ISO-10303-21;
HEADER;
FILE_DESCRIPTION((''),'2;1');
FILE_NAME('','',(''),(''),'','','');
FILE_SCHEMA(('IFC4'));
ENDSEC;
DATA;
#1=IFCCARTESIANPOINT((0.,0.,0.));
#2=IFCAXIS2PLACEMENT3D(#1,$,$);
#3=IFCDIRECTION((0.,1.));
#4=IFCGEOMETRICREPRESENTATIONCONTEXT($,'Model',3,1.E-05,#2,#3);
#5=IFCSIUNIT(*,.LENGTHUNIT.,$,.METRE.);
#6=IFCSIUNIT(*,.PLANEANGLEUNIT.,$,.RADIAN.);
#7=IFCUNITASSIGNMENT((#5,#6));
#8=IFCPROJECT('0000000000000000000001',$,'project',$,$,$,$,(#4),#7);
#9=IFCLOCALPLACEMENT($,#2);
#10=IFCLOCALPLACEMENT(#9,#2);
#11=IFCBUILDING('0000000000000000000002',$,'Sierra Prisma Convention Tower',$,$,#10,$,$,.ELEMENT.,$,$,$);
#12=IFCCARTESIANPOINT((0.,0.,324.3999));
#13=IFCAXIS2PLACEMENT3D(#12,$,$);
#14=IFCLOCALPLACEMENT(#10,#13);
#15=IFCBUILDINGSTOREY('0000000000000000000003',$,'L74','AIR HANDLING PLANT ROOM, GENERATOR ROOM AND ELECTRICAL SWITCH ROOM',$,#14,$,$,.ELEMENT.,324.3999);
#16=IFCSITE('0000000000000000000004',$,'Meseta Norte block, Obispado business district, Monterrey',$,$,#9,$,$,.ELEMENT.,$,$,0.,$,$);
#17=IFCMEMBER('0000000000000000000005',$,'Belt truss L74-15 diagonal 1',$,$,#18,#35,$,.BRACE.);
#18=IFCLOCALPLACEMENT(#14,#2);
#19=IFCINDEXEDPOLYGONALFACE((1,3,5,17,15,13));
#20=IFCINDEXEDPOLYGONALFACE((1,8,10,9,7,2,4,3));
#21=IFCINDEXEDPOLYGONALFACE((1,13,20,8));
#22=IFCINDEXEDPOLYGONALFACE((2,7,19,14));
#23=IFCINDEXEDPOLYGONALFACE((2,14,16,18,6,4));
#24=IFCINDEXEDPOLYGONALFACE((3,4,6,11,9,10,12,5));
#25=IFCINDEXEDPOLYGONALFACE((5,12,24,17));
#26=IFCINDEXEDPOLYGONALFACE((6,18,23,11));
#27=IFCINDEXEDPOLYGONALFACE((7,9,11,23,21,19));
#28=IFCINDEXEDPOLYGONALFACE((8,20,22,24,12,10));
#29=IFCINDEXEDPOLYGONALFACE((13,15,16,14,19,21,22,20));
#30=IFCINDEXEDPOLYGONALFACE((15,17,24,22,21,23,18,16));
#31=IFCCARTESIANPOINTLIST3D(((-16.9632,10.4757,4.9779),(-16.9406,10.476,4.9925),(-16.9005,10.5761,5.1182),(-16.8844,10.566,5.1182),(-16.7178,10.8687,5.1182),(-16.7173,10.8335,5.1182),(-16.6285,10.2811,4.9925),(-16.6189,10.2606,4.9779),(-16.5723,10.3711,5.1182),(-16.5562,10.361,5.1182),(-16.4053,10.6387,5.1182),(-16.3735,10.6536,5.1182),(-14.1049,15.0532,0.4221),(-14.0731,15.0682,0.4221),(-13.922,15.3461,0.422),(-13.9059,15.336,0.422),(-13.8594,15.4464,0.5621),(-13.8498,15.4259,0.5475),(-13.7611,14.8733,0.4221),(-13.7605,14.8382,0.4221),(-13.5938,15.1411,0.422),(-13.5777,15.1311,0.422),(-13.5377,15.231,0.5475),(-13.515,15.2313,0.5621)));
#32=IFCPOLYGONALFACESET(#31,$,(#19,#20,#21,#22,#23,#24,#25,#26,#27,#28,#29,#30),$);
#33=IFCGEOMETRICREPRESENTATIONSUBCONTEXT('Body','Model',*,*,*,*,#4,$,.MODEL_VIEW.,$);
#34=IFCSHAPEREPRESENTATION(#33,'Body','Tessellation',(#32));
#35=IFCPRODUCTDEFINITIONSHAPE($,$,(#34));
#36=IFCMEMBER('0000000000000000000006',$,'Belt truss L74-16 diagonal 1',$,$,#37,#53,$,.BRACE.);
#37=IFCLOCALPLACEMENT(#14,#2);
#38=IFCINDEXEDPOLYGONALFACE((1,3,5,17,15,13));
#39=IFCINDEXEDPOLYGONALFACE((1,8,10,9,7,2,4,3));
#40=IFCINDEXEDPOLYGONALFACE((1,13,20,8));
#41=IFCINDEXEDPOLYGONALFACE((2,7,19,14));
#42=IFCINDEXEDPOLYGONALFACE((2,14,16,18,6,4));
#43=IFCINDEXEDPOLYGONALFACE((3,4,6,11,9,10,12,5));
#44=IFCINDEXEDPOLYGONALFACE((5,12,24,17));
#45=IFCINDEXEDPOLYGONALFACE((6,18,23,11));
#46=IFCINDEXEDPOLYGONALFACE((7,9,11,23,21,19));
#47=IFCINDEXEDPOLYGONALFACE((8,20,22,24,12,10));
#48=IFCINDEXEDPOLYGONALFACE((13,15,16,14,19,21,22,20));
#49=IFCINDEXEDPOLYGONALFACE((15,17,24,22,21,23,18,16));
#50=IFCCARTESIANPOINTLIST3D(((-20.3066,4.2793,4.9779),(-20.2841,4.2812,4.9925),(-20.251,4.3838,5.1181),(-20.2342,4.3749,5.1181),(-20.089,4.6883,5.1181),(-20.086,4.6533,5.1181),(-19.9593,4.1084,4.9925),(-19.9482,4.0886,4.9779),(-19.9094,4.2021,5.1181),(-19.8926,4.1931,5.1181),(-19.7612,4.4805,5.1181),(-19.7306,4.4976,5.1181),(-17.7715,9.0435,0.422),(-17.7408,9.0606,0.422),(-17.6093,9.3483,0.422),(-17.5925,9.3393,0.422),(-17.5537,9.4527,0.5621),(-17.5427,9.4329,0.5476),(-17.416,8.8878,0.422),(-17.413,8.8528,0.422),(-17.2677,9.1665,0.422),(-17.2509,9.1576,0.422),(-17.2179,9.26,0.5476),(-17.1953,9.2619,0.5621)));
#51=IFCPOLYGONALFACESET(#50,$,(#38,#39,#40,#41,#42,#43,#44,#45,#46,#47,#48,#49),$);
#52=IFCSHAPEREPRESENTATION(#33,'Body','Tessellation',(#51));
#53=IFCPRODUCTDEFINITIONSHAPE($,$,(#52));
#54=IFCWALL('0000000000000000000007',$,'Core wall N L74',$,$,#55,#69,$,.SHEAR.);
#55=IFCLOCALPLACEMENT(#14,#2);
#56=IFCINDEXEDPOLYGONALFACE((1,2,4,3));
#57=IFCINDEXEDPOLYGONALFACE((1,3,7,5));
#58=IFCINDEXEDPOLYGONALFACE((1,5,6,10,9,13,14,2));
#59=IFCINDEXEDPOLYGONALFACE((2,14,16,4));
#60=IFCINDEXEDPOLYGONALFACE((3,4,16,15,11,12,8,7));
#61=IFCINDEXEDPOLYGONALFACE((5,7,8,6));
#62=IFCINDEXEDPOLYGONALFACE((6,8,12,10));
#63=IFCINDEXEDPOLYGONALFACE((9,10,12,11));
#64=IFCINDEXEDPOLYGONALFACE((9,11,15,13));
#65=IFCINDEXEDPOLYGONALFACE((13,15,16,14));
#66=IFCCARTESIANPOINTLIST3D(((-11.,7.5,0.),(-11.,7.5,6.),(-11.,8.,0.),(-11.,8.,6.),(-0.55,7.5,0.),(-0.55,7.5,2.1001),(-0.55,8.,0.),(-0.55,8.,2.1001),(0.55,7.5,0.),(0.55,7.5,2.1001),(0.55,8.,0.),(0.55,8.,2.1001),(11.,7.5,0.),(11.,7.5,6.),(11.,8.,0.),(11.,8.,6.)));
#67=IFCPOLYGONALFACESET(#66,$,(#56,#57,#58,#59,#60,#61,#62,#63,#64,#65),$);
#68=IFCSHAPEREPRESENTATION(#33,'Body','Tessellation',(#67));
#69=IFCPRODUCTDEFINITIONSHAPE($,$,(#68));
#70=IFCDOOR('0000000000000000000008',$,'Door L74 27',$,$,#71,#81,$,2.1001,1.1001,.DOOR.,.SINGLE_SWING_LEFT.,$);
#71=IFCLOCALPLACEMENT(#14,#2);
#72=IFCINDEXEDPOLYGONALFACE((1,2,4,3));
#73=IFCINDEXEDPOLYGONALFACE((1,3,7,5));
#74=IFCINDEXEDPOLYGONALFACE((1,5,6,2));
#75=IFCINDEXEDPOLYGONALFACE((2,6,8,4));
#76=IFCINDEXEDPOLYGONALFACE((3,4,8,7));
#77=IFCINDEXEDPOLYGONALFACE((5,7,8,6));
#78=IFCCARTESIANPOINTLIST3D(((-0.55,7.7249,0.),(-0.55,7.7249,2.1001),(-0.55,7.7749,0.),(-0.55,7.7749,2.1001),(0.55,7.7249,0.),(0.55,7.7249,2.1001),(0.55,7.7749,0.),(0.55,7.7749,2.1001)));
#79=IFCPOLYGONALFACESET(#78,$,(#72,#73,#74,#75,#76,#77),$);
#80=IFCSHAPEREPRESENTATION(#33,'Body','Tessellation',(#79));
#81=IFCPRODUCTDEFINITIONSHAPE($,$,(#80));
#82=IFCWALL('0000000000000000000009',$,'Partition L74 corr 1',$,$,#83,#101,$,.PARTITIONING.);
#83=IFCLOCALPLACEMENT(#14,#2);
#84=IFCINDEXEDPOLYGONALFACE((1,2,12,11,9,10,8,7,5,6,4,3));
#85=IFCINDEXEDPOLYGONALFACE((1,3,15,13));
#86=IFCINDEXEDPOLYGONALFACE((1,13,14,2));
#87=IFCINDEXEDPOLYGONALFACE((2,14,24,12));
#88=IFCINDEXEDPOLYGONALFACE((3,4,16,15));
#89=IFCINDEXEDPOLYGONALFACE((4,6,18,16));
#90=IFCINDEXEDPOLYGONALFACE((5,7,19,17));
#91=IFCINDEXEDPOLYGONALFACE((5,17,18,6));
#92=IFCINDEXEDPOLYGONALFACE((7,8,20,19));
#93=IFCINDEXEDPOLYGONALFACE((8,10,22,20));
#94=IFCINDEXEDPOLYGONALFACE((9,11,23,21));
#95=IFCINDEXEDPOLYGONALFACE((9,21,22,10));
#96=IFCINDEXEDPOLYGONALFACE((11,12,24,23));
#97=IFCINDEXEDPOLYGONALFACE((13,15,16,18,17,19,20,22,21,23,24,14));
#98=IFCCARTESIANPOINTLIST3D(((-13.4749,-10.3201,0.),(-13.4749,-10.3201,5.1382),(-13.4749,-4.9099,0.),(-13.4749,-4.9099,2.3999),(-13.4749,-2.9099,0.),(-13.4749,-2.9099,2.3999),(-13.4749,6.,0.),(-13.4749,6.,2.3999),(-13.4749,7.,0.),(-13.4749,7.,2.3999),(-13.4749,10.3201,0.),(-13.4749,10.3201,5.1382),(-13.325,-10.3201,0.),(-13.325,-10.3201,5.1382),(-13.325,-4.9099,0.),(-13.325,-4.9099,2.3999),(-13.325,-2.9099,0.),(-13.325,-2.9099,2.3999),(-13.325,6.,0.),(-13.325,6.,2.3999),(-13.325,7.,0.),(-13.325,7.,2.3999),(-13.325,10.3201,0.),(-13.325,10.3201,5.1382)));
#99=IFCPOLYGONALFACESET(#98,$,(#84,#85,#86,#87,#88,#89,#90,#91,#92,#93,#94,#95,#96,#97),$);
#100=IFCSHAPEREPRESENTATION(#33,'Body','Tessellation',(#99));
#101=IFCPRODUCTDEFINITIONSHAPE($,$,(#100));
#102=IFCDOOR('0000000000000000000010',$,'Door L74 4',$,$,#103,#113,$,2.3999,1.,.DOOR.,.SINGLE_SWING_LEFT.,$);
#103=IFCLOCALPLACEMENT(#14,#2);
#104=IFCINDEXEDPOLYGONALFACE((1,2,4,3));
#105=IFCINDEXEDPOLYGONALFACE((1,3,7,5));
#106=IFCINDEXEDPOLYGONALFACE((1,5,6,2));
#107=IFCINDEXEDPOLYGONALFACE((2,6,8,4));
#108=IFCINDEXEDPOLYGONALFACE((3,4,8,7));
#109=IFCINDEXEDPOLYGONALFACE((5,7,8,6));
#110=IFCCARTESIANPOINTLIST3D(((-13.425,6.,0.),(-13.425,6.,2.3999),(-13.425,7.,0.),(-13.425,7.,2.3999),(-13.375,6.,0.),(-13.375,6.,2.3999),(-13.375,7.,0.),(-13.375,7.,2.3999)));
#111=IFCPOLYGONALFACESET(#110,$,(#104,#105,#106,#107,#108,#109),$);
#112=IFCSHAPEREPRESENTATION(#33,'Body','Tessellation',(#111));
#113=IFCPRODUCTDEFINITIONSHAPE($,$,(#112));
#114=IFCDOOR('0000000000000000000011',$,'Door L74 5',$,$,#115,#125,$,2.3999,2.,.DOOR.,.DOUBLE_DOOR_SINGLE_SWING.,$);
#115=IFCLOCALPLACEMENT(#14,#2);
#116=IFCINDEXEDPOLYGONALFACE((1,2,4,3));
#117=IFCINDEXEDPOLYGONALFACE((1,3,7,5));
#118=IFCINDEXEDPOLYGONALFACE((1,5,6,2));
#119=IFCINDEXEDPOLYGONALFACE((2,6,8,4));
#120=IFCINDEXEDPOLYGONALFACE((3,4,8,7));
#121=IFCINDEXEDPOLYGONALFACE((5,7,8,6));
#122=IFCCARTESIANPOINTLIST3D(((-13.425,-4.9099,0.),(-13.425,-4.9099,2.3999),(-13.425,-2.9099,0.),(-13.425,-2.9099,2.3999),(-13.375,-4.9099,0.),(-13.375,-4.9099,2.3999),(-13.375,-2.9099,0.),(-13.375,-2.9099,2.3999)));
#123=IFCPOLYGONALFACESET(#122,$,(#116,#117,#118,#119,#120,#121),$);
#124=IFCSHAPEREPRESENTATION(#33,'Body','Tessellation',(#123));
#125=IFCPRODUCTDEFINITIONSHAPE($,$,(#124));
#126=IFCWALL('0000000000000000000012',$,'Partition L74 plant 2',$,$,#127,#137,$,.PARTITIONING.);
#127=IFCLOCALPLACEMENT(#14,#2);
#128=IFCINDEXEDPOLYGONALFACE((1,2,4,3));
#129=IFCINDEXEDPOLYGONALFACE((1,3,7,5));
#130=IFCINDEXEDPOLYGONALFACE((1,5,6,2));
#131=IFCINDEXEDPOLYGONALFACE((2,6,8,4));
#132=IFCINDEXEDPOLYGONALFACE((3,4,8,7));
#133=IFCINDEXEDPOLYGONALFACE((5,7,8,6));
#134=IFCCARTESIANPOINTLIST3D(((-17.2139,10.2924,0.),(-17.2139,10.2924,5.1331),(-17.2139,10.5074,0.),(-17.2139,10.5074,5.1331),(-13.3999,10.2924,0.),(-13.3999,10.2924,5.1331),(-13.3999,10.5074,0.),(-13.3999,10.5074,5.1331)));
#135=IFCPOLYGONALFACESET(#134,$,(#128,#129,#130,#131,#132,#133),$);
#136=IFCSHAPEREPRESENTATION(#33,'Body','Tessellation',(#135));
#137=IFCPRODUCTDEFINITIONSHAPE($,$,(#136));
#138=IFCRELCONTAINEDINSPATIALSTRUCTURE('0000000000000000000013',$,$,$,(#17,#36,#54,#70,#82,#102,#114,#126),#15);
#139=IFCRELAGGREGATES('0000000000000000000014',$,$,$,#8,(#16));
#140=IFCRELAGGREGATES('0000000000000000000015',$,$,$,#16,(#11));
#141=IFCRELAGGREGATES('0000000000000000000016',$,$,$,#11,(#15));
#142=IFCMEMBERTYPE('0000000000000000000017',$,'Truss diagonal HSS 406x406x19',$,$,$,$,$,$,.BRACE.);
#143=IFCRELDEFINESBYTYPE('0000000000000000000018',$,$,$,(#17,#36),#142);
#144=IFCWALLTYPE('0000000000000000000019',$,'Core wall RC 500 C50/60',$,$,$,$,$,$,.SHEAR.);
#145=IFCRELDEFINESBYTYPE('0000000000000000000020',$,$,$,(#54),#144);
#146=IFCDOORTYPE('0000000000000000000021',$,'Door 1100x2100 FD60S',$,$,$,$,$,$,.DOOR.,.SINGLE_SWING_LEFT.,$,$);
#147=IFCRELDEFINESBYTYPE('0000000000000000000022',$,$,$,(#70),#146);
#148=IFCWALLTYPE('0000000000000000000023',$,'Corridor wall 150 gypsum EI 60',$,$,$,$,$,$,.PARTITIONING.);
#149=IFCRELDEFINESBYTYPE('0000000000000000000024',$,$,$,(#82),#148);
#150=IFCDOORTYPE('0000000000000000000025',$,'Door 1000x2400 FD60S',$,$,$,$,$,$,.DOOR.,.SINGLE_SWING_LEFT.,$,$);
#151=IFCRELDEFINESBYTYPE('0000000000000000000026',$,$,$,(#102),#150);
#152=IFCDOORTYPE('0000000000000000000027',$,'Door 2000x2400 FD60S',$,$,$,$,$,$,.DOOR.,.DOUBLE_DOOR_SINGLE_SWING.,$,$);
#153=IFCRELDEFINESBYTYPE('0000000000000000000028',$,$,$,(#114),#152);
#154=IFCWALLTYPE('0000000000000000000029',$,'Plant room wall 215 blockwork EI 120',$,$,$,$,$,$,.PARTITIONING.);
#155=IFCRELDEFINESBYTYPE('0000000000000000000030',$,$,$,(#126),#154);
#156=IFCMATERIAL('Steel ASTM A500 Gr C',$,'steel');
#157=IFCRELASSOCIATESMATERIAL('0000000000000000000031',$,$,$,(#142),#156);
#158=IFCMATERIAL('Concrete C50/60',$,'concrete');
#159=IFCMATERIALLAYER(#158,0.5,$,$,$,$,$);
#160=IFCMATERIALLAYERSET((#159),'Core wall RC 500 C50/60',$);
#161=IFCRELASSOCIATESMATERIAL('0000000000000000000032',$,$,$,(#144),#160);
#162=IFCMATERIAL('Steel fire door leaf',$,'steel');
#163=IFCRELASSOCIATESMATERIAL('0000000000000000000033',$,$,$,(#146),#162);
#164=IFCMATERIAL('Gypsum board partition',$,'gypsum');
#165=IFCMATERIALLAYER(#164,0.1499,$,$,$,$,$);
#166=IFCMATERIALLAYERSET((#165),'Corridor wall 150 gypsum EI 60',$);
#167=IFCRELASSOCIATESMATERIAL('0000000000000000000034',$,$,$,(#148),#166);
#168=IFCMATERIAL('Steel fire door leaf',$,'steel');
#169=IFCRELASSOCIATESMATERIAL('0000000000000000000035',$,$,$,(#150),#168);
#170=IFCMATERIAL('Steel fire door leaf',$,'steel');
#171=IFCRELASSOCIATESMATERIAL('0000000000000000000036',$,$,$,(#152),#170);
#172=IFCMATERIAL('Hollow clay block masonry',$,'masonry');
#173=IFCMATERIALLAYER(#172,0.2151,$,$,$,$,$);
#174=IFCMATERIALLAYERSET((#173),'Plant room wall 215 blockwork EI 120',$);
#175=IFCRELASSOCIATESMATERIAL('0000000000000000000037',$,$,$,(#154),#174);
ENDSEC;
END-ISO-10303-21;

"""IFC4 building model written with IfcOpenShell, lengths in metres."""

from ifc_helpers import new_model, si_unit, direction, frame, frame_2d, origin, origin_2d, place, context, subcontext, project, spatial, rectangle, hollow_rectangle, extrude, clip, halfspace, material, layer, layer_set, material_profile, profile_set, type_object, element, fill, save


model = new_model("IFC4")

# Units and contexts
model_context = context("Model", 3, precision=1e-05, world=origin(), true_north=direction((0.0, 1.0)))
body_context = subcontext(model_context, "Body", "Model", "MODEL_VIEW")
ifc_project = project(units=[si_unit("LENGTHUNIT", "METRE"), si_unit("PLANEANGLEUNIT", "RADIAN")], contexts=[model_context])

# Site, building, storey
site_placement = place(None, origin())
site = spatial("IfcSite", under=ifc_project, at=site_placement, Name="Meseta Norte block, Obispado business district, Monterrey", CompositionType="ELEMENT", RefElevation=0.0)
building_placement = place(site_placement, origin())
building = spatial("IfcBuilding", under=site, at=building_placement, Name="Sierra Prisma Convention Tower", CompositionType="ELEMENT")
storey_placement = place(building_placement, frame((0.0, 0.0, 324.3999)))
storey = spatial("IfcBuildingStorey", under=building, at=storey_placement, Name="L74", Description="AIR HANDLING PLANT ROOM, GENERATOR ROOM AND ELECTRICAL SWITCH ROOM", CompositionType="ELEMENT", Elevation=324.3999)

# Members
ifc_material_1 = material(Name="Steel ASTM A500 Gr C", Category="steel")
ifc_material_profile_1 = material_profile(ifc_material_1, hollow_rectangle(XDim=0.406, YDim=0.406, WallThickness=0.019, at=origin_2d()), Name="Truss diagonal HSS 406x406x19")
ifc_profile_set_1 = profile_set([ifc_material_profile_1], Name="Steel ASTM A500 Gr C")
member_type = type_object("IfcMemberType", Name="Truss diagonal HSS 406x406x19", PredefinedType="BRACE", material=ifc_profile_set_1)
member_1_placement = place(storey_placement, frame((-13.7566, 15.2278, 0.407), z_axis=(-0.404713, -0.64814, 0.645075), x_axis=(0.848219, -0.529646, 0.0)))
element("IfcMember", 1, at=member_1_placement, inside=storey, type_object=member_type, Name="Belt truss L74-15 diagonal 1", PredefinedType="BRACE", context=body_context, shape_type="SweptSolid", body=[
    clip(clip(extrude(hollow_rectangle(XDim=0.406, YDim=0.406, WallThickness=0.019, at=origin_2d()), origin(), (0.0, 0.0, 1.0), 7.3264), halfspace(frame((0.0, 0.0115, 0.0098), z_axis=(0.0, 0.764123, 0.645071), x_axis=(1.0, 0.0, 0.0)), True)), halfspace(frame((0.0, -0.0115, 7.3169), z_axis=(0.0, -0.764119, -0.645075), x_axis=(1.0, 0.0, 0.0)), True)),
])
member_2_placement = place(storey_placement, frame((-17.436, 9.2417, 0.407), z_axis=(-0.358958, -0.674562, 0.645071), x_axis=(0.882792, -0.469764, 0.0)))
element("IfcMember", 2, at=member_2_placement, inside=storey, type_object=member_type, Name="Belt truss L74-16 diagonal 1", PredefinedType="BRACE", context=body_context, shape_type="SweptSolid", body=[
    clip(clip(extrude(hollow_rectangle(XDim=0.406, YDim=0.406, WallThickness=0.019, at=origin_2d()), origin(), (0.0, 0.0, 1.0), 7.3264), halfspace(frame((0.0, 0.0115, 0.0098), z_axis=(0.0, 0.764123, 0.645071), x_axis=(1.0, 0.0, 0.0)), True)), halfspace(frame((0.0, -0.0115, 7.3169), z_axis=(0.0, -0.764123, -0.645071), x_axis=(1.0, 0.0, 0.0)), True)),
])

# Wall, opening, door
ifc_material_2 = material(Name="Concrete C50/60", Category="concrete")
ifc_layer_1 = layer(ifc_material_2, 0.5)
ifc_layer_set_1 = layer_set([ifc_layer_1], Name="Core wall RC 500 C50/60")
wall_type_1 = type_object("IfcWallType", Name="Core wall RC 500 C50/60", PredefinedType="SHEAR", material=ifc_layer_set_1)
wall_1_placement = place(storey_placement, frame((-11.0, 7.75, 0.0), z_axis=(0.0, 0.0, 1.0), x_axis=(1.0, 0.0, 0.0)))
wall_1 = element("IfcWall", 3, at=wall_1_placement, inside=storey, type_object=wall_type_1, Name="Core wall N L74", PredefinedType="SHEAR", context=body_context, shape_type="SweptSolid", body=[
    extrude(rectangle(XDim=22.0, YDim=0.5, at=frame_2d((11.0, 0.0))), origin(), (0.0, 0.0, 1.0), 6.0),
])
opening_1_placement = place(wall_1_placement, frame((10.45, 0.0, 0.0)))
opening_1 = element("IfcOpeningElement", 4, at=opening_1_placement, cuts=wall_1, PredefinedType="OPENING", context=body_context, shape_type="SweptSolid", body=[
    extrude(rectangle(XDim=1.1001, YDim=2.1001, at=frame_2d((0.55, 1.05))), frame((0.0, 0.25, 0.0), z_axis=(0.0, -1.0, 0.0), x_axis=(1.0, 0.0, 0.0)), (0.0, 0.0, 1.0), 0.5),
])
ifc_material_3 = material(Name="Steel fire door leaf", Category="steel")
door_type_1 = type_object("IfcDoorType", Name="Door 1100x2100 FD60S", OperationType="SINGLE_SWING_LEFT", PredefinedType="DOOR", material=ifc_material_3)
door_1_placement = place(opening_1_placement, origin())
door_1 = element("IfcDoor", 5, at=door_1_placement, inside=storey, type_object=door_type_1, Name="Door L74 27", OperationType="SINGLE_SWING_LEFT", OverallHeight=2.1001, OverallWidth=1.1001, PredefinedType="DOOR", context=body_context, shape_type="SweptSolid", body=[
    extrude(rectangle(XDim=1.1001, YDim=2.1001, at=frame_2d((0.55, 1.05))), frame((0.0, 0.0249, 0.0), z_axis=(0.0, -1.0, 0.0), x_axis=(1.0, 0.0, 0.0)), (0.0, 0.0, 1.0), 0.05),
])
fill(opening_1, door_1)

# Wall, openings, doors
ifc_material_4 = material(Name="Gypsum board partition", Category="gypsum")
ifc_layer_2 = layer(ifc_material_4, 0.1499)
ifc_layer_set_2 = layer_set([ifc_layer_2], Name="Corridor wall 150 gypsum EI 60")
wall_type_2 = type_object("IfcWallType", Name="Corridor wall 150 gypsum EI 60", PredefinedType="PARTITIONING", material=ifc_layer_set_2)
wall_2_placement = place(storey_placement, frame((-13.3999, 10.3201, 0.0), z_axis=(0.0, 0.0, 1.0), x_axis=(0.0, -1.0, 0.0)))
wall_2 = element("IfcWall", 6, at=wall_2_placement, inside=storey, type_object=wall_type_2, Name="Partition L74 corr 1", PredefinedType="PARTITIONING", context=body_context, shape_type="SweptSolid", body=[
    extrude(rectangle(XDim=20.6401, YDim=0.1499, at=frame_2d((10.3201, 0.0))), origin(), (0.0, 0.0, 1.0), 5.1382),
])
opening_2_placement = place(wall_2_placement, frame((3.3201, 0.0, 0.0)))
opening_2 = element("IfcOpeningElement", 7, at=opening_2_placement, cuts=wall_2, PredefinedType="OPENING", context=body_context, shape_type="SweptSolid", body=[
    extrude(rectangle(XDim=1.0, YDim=2.3999, at=frame_2d((0.5, 1.2))), frame((0.0, 0.075, 0.0), z_axis=(0.0, -1.0, 0.0), x_axis=(1.0, 0.0, 0.0)), (0.0, 0.0, 1.0), 0.1499),
])
opening_3_placement = place(wall_2_placement, frame((13.23, 0.0, 0.0)))
opening_3 = element("IfcOpeningElement", 8, at=opening_3_placement, cuts=wall_2, PredefinedType="OPENING", context=body_context, shape_type="SweptSolid", body=[
    extrude(rectangle(XDim=2.0, YDim=2.3999, at=frame_2d((1.0, 1.2))), frame((0.0, 0.075, 0.0), z_axis=(0.0, -1.0, 0.0), x_axis=(1.0, 0.0, 0.0)), (0.0, 0.0, 1.0), 0.1499),
])
ifc_material_5 = material(Name="Steel fire door leaf", Category="steel")
door_type_2 = type_object("IfcDoorType", Name="Door 1000x2400 FD60S", OperationType="SINGLE_SWING_LEFT", PredefinedType="DOOR", material=ifc_material_5)
door_2_placement = place(opening_2_placement, origin())
door_2 = element("IfcDoor", 9, at=door_2_placement, inside=storey, type_object=door_type_2, Name="Door L74 4", OperationType="SINGLE_SWING_LEFT", OverallHeight=2.3999, OverallWidth=1.0, PredefinedType="DOOR", context=body_context, shape_type="SweptSolid", body=[
    extrude(rectangle(XDim=1.0, YDim=2.3999, at=frame_2d((0.5, 1.2))), frame((0.0, 0.0249, 0.0), z_axis=(0.0, -1.0, 0.0), x_axis=(1.0, 0.0, 0.0)), (0.0, 0.0, 1.0), 0.05),
])
fill(opening_2, door_2)
ifc_material_6 = material(Name="Steel fire door leaf", Category="steel")
door_type_3 = type_object("IfcDoorType", Name="Door 2000x2400 FD60S", OperationType="DOUBLE_DOOR_SINGLE_SWING", PredefinedType="DOOR", material=ifc_material_6)
door_3_placement = place(opening_3_placement, origin())
door_3 = element("IfcDoor", 10, at=door_3_placement, inside=storey, type_object=door_type_3, Name="Door L74 5", OperationType="DOUBLE_DOOR_SINGLE_SWING", OverallHeight=2.3999, OverallWidth=2.0, PredefinedType="DOOR", context=body_context, shape_type="SweptSolid", body=[
    extrude(rectangle(XDim=2.0, YDim=2.3999, at=frame_2d((1.0, 1.2))), frame((0.0, 0.0249, 0.0), z_axis=(0.0, -1.0, 0.0), x_axis=(1.0, 0.0, 0.0)), (0.0, 0.0, 1.0), 0.05),
])
fill(opening_3, door_3)

# Wall
ifc_material_7 = material(Name="Hollow clay block masonry", Category="masonry")
ifc_layer_3 = layer(ifc_material_7, 0.2151)
ifc_layer_set_3 = layer_set([ifc_layer_3], Name="Plant room wall 215 blockwork EI 120")
wall_type_3 = type_object("IfcWallType", Name="Plant room wall 215 blockwork EI 120", PredefinedType="PARTITIONING", material=ifc_layer_set_3)
wall_3_placement = place(storey_placement, frame((-13.3999, 10.3999, 0.0), z_axis=(0.0, 0.0, 1.0), x_axis=(-1.0, 0.0, 0.0)))
element("IfcWall", 11, at=wall_3_placement, inside=storey, type_object=wall_type_3, Name="Partition L74 plant 2", PredefinedType="PARTITIONING", context=body_context, shape_type="SweptSolid", body=[
    extrude(rectangle(XDim=3.814, YDim=0.2151, at=frame_2d((1.907, 0.0))), origin(), (0.0, 0.0, 1.0), 5.1331),
])

save(model, "model.ifc")
